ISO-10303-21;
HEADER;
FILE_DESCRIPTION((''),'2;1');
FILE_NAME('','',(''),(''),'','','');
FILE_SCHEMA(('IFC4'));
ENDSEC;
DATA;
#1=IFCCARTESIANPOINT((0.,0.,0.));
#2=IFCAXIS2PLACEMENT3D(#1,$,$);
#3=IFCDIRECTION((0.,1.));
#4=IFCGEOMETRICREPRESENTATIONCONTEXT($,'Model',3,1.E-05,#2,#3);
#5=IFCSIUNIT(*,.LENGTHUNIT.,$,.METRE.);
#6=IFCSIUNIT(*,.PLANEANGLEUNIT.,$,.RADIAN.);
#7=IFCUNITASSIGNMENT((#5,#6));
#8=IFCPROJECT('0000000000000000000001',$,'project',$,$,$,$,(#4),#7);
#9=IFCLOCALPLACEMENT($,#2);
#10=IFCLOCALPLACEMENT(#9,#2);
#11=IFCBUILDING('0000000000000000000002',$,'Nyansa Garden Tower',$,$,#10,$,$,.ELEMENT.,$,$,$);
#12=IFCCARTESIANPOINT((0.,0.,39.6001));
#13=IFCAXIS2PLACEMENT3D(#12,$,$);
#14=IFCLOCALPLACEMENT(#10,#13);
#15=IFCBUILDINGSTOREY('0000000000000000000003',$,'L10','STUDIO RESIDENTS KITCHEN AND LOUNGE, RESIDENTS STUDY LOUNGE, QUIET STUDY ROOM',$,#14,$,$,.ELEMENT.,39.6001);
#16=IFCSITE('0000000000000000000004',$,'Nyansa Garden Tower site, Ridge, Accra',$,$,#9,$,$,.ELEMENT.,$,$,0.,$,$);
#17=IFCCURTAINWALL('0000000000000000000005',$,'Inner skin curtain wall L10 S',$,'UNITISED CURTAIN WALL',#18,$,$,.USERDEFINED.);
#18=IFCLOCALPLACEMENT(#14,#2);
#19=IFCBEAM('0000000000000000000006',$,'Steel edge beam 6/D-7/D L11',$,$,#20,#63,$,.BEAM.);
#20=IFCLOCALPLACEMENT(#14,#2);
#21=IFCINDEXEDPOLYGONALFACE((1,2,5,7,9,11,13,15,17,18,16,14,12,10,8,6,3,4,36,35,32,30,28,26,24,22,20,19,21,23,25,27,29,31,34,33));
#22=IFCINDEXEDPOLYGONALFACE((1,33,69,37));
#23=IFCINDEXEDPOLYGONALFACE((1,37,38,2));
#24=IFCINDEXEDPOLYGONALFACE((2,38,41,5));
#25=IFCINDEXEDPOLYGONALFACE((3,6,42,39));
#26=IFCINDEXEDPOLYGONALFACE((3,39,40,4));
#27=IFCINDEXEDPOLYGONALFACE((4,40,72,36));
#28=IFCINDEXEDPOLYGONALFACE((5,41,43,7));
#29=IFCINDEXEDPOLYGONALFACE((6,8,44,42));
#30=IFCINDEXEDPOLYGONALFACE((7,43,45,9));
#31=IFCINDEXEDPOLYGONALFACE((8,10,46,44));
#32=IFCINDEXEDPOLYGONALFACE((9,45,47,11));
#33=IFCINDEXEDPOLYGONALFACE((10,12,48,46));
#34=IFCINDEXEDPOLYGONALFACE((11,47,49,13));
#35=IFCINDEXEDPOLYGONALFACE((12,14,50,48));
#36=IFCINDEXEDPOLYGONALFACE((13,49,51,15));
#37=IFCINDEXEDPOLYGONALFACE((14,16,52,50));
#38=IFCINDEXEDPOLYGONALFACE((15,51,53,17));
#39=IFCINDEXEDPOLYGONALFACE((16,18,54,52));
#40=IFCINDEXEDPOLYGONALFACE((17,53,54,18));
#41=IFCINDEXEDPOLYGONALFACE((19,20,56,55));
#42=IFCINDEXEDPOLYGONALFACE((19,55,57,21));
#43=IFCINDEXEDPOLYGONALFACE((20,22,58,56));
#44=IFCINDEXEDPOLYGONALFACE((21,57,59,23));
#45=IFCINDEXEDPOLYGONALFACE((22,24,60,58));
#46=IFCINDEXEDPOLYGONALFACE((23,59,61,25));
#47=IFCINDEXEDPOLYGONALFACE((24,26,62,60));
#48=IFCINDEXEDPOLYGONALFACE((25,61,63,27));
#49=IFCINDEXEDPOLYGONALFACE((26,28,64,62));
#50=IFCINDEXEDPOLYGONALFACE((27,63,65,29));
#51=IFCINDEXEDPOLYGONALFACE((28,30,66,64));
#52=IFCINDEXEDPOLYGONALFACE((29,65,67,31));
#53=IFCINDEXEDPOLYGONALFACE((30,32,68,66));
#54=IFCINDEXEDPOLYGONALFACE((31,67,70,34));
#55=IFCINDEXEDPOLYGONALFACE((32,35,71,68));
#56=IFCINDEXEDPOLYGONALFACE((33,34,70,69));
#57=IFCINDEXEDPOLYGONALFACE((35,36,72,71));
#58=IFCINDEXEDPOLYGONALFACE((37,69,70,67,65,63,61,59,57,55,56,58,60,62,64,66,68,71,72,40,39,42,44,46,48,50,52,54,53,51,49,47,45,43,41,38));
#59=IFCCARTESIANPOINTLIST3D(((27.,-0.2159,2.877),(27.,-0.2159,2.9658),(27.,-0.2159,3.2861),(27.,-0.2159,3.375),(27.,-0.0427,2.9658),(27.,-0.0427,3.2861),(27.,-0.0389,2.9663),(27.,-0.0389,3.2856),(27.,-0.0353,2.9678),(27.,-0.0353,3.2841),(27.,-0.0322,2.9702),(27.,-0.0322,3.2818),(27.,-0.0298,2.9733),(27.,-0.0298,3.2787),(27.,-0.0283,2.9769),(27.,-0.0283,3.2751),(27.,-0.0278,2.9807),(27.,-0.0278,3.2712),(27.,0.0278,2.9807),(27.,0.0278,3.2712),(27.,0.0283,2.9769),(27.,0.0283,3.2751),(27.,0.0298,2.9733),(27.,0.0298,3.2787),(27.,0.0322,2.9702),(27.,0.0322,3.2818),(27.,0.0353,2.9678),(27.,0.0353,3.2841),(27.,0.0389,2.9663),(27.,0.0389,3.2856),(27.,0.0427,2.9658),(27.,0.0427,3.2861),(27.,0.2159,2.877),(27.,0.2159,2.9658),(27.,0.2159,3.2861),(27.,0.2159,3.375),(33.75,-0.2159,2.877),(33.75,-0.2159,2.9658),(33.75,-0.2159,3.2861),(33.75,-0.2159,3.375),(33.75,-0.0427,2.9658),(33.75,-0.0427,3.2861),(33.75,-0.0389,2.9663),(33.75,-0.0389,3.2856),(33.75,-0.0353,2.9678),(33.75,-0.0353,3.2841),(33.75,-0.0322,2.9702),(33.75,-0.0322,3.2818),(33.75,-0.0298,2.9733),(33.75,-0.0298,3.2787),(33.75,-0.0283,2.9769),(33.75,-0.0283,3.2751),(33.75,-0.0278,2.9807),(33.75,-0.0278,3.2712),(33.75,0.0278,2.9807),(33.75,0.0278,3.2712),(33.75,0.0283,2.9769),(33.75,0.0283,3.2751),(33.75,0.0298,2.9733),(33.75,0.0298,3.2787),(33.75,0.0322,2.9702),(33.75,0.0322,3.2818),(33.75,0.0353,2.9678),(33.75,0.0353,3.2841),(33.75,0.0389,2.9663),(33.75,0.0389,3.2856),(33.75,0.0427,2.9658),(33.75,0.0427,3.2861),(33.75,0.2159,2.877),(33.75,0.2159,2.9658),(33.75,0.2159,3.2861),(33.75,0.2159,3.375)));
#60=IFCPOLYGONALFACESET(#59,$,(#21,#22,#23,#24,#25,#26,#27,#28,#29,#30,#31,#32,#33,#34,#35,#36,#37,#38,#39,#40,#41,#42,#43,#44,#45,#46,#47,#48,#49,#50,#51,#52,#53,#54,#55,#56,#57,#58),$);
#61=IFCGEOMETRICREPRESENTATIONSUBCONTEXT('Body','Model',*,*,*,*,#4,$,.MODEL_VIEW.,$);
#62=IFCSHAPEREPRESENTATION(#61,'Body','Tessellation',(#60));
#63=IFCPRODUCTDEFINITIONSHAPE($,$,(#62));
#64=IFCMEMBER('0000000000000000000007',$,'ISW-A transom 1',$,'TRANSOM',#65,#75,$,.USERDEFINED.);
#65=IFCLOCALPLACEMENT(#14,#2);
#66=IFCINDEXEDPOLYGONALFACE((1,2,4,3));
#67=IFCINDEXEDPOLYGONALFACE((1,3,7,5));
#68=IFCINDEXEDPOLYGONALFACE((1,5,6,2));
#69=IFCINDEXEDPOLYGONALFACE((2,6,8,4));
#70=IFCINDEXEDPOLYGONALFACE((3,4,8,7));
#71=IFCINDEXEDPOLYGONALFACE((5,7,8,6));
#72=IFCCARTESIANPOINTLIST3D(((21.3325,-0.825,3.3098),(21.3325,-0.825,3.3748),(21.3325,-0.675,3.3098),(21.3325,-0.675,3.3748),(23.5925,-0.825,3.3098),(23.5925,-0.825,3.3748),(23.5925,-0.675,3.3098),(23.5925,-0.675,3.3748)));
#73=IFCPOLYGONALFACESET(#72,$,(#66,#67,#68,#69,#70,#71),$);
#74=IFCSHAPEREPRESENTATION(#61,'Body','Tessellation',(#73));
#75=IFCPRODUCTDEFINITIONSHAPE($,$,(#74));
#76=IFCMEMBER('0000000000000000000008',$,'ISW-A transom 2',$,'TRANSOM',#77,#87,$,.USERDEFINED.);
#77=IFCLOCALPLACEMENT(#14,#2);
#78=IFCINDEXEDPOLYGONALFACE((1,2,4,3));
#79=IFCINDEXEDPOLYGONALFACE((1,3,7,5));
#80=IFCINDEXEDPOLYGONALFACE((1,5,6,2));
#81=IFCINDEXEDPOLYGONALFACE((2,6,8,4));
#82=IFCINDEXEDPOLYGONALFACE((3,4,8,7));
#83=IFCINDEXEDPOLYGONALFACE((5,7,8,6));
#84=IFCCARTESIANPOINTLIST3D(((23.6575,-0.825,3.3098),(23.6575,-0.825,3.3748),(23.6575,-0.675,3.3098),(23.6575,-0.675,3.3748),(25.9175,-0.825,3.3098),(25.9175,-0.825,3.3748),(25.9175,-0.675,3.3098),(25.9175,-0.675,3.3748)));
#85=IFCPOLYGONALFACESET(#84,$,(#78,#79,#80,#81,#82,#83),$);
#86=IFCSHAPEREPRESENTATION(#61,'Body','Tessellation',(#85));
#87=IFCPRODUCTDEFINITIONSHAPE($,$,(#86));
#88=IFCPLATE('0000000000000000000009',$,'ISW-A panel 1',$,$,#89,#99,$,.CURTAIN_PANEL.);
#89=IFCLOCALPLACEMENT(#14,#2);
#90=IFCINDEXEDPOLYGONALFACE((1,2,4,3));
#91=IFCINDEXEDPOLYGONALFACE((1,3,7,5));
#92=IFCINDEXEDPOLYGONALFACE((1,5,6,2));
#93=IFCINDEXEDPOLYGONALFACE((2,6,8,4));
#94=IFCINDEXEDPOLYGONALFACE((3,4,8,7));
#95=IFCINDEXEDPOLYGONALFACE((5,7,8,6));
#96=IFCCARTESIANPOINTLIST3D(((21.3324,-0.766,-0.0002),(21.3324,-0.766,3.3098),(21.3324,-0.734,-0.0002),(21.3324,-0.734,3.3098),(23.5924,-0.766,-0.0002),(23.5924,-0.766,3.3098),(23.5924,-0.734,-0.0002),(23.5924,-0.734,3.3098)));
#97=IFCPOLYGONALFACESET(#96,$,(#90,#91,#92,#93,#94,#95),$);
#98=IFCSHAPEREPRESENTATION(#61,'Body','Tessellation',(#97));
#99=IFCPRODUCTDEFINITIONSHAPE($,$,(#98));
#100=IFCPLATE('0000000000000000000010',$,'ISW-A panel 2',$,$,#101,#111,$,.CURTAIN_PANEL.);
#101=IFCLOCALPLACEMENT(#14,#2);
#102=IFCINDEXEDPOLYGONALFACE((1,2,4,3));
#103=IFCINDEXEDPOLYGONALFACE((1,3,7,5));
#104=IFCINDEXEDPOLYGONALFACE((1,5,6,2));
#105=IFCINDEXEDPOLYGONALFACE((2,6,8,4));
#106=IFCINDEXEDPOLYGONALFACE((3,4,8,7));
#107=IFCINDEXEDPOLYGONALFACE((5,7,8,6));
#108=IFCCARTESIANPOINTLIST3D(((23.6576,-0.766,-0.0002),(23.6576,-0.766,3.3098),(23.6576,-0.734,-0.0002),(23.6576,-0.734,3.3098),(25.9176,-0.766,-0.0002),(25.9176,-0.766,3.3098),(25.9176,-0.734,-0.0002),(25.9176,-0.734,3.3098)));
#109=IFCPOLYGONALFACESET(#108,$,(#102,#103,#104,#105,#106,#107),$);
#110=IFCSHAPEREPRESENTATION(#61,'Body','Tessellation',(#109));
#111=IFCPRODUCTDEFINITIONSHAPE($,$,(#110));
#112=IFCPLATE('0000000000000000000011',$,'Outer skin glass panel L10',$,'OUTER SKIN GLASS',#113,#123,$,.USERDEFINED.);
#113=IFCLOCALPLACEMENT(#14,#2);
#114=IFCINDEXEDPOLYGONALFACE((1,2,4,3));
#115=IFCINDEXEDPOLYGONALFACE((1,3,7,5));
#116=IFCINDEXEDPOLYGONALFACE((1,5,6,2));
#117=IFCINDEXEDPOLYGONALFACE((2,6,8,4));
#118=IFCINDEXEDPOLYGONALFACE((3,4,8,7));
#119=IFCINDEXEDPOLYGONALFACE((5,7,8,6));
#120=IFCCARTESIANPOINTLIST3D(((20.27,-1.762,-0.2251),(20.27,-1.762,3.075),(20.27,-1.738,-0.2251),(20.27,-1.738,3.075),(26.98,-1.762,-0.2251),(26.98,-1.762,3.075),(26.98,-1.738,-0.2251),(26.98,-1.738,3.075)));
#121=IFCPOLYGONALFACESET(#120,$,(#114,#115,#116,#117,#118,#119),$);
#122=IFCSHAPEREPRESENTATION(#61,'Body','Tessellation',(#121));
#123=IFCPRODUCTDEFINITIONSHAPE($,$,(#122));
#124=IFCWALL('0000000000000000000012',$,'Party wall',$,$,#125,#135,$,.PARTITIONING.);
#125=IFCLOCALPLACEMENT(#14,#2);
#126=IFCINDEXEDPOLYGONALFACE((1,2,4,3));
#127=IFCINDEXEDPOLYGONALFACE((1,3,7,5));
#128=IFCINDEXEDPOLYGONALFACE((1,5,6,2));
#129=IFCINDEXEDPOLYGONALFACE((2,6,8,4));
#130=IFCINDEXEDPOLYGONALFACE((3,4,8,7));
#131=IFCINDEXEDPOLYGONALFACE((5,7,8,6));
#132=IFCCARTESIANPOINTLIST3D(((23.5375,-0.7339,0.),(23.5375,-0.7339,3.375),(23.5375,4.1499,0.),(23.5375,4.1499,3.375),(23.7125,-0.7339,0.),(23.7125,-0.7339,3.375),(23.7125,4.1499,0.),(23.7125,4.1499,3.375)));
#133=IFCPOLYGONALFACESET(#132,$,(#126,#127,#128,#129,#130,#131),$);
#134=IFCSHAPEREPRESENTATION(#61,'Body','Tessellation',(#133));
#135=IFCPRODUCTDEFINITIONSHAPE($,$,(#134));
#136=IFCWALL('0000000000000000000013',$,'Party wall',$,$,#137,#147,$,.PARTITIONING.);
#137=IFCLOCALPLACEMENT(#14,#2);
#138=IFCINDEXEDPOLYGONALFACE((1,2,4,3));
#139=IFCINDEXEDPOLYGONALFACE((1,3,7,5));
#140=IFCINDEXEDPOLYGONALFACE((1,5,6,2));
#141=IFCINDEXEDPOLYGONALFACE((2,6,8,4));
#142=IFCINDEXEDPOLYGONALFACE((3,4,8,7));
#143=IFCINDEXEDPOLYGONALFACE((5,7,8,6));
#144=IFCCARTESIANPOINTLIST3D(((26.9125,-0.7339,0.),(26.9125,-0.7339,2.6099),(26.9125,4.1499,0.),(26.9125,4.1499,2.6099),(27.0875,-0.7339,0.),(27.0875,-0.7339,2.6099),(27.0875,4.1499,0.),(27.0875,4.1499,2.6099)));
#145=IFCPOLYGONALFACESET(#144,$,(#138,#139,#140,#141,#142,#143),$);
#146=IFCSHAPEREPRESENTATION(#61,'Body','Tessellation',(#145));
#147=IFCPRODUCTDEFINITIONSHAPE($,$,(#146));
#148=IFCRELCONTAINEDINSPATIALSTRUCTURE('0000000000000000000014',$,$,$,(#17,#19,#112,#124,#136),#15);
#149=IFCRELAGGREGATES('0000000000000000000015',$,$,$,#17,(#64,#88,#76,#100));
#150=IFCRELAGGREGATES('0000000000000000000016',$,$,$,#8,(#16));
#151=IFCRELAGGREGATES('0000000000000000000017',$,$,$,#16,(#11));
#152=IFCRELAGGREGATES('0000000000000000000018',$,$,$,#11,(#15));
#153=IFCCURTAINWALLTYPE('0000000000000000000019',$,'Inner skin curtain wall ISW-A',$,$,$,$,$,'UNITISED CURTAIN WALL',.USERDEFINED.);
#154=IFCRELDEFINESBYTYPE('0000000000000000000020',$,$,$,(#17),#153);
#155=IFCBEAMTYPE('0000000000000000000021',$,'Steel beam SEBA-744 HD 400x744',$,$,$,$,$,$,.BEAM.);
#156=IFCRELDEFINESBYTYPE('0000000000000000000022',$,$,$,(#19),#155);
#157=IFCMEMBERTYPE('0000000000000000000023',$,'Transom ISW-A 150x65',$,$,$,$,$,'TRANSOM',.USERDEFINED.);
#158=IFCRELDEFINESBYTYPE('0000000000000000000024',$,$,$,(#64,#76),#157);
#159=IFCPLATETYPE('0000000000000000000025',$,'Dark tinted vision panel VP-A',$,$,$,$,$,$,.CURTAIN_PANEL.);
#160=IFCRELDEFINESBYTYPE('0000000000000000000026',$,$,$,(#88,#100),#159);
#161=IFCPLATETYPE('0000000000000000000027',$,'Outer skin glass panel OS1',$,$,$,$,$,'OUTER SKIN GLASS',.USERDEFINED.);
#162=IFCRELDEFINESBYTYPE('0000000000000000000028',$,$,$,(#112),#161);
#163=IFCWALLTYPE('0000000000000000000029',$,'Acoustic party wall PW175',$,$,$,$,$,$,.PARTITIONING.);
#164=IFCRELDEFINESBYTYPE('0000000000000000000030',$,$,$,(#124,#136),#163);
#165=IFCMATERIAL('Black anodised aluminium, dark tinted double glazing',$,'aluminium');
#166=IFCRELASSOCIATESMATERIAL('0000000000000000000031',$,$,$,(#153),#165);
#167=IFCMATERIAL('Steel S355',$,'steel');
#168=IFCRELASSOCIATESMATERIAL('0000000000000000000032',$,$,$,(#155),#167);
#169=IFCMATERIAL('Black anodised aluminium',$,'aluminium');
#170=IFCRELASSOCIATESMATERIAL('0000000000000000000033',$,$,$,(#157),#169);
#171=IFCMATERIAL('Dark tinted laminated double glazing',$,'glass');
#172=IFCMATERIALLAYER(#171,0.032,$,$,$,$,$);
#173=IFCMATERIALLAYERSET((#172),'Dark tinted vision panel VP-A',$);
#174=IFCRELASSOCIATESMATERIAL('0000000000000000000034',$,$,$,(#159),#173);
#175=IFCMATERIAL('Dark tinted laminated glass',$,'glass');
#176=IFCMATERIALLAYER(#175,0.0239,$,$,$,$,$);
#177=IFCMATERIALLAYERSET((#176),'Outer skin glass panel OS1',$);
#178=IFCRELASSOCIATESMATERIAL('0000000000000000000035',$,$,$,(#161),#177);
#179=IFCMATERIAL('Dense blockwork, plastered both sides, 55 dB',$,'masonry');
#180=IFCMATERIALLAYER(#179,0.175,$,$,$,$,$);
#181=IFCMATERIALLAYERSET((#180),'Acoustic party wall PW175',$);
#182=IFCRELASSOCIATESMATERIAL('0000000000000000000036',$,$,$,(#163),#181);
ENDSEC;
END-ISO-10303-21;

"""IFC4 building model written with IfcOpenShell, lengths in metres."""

from ifc_helpers import new_model, si_unit, direction, frame, frame_2d, origin, origin_2d, place, context, subcontext, project, spatial, rectangle, i_section, extrude, material, layer, layer_set, material_profile, profile_set, type_object, element, aggregate, save


model = new_model("IFC4")

# Units and contexts
model_context = context("Model", 3, precision=1e-05, world=origin(), true_north=direction((0.0, 1.0)))
body_context = subcontext(model_context, "Body", "Model", "MODEL_VIEW")
ifc_project = project(units=[si_unit("LENGTHUNIT", "METRE"), si_unit("PLANEANGLEUNIT", "RADIAN")], contexts=[model_context])

# Site, building, storey
site_placement = place(None, origin())
site = spatial("IfcSite", under=ifc_project, at=site_placement, Name="Nyansa Garden Tower site, Ridge, Accra", CompositionType="ELEMENT", RefElevation=0.0)
building_placement = place(site_placement, origin())
building = spatial("IfcBuilding", under=site, at=building_placement, Name="Nyansa Garden Tower", CompositionType="ELEMENT")
storey_placement = place(building_placement, frame((0.0, 0.0, 39.6001)))
storey = spatial("IfcBuildingStorey", under=building, at=storey_placement, Name="L10", Description="STUDIO RESIDENTS KITCHEN AND LOUNGE, RESIDENTS STUDY LOUNGE, QUIET STUDY ROOM", CompositionType="ELEMENT", Elevation=39.6001)

# Curtain wall
ifc_material_1 = material(Name="Black anodised aluminium, dark tinted double glazing", Category="aluminium")
curtain_wall_type = type_object("IfcCurtainWallType", Name="Inner skin curtain wall ISW-A", ElementType="UNITISED CURTAIN WALL", PredefinedType="USERDEFINED", material=ifc_material_1)
curtain_wall_placement = place(storey_placement, origin())
curtain_wall = element("IfcCurtainWall", 1, at=curtain_wall_placement, inside=storey, type_object=curtain_wall_type, Name="Inner skin curtain wall L10 S", ObjectType="UNITISED CURTAIN WALL", PredefinedType="USERDEFINED")

# Beam
ifc_material_2 = material(Name="Steel S355", Category="steel")
ifc_material_profile_1 = material_profile(ifc_material_2, i_section(OverallWidth=0.4319, OverallDepth=0.498, WebThickness=0.0557, FlangeThickness=0.0889, FilletRadius=0.0149, at=origin_2d()), Name="HD 400x744")
ifc_profile_set_1 = profile_set([ifc_material_profile_1], Name="Steel S355")
beam_type_1 = type_object("IfcBeamType", Name="Steel beam SEBA-744 HD 400x744", PredefinedType="BEAM", material=ifc_profile_set_1)
beam_1_placement = place(storey_placement, frame((27.0, 0.0, 3.126), z_axis=(1.0, 0.0, 0.0), x_axis=(0.0, 1.0, 0.0)))
element("IfcBeam", 2, at=beam_1_placement, inside=storey, type_object=beam_type_1, Name="Steel edge beam 6/D-7/D L11", PredefinedType="BEAM", context=body_context, shape_type="SweptSolid", body=[
    extrude(i_section(OverallWidth=0.4319, OverallDepth=0.498, WebThickness=0.0557, FlangeThickness=0.0889, FilletRadius=0.0149, at=origin_2d()), origin(), (0.0, 0.0, 1.0), 6.75),
])

# Members
ifc_material_3 = material(Name="Black anodised aluminium", Category="aluminium")
ifc_material_profile_2 = material_profile(ifc_material_3, rectangle(XDim=0.1499, YDim=0.0649, at=origin_2d()), Name="Transom 150x65")
ifc_profile_set_2 = profile_set([ifc_material_profile_2], Name="Black anodised aluminium")
member_type_1 = type_object("IfcMemberType", Name="Transom ISW-A 150x65", ElementType="TRANSOM", PredefinedType="USERDEFINED", material=ifc_profile_set_2)
member_1_placement = place(storey_placement, frame((21.3325, -0.75, 3.3423), z_axis=(1.0, 0.0, 0.0), x_axis=(0.0, 1.0, 0.0)))
member_1 = element("IfcMember", 3, at=member_1_placement, type_object=member_type_1, Name="ISW-A transom 1", ObjectType="TRANSOM", PredefinedType="USERDEFINED", context=body_context, shape_type="SweptSolid", body=[
    extrude(rectangle(XDim=0.1499, YDim=0.0649, at=origin_2d()), origin(), (0.0, 0.0, 1.0), 2.26),
])
member_2_placement = place(storey_placement, frame((23.6575, -0.75, 3.3423), z_axis=(1.0, 0.0, 0.0), x_axis=(0.0, 1.0, 0.0)))
member_2 = element("IfcMember", 4, at=member_2_placement, type_object=member_type_1, Name="ISW-A transom 2", ObjectType="TRANSOM", PredefinedType="USERDEFINED", context=body_context, shape_type="SweptSolid", body=[
    extrude(rectangle(XDim=0.1499, YDim=0.0649, at=origin_2d()), origin(), (0.0, 0.0, 1.0), 2.26),
])

# Plates
ifc_material_4 = material(Name="Dark tinted laminated double glazing", Category="glass")
ifc_layer_1 = layer(ifc_material_4, 0.032)
ifc_layer_set_1 = layer_set([ifc_layer_1], Name="Dark tinted vision panel VP-A")
plate_type_1 = type_object("IfcPlateType", Name="Dark tinted vision panel VP-A", PredefinedType="CURTAIN_PANEL", material=ifc_layer_set_1)
plate_1_placement = place(storey_placement, frame((22.4624, -0.75, -0.0002), z_axis=(0.0, 0.0, 1.0), x_axis=(1.0, 0.0, 0.0)))
plate_1 = element("IfcPlate", 5, at=plate_1_placement, type_object=plate_type_1, Name="ISW-A panel 1", PredefinedType="CURTAIN_PANEL", context=body_context, shape_type="SweptSolid", body=[
    extrude(rectangle(XDim=2.26, YDim=0.032, at=origin_2d()), origin(), (0.0, 0.0, 1.0), 3.3101),
])
plate_2_placement = place(storey_placement, frame((24.7876, -0.75, -0.0002), z_axis=(0.0, 0.0, 1.0), x_axis=(1.0, 0.0, 0.0)))
plate_2 = element("IfcPlate", 6, at=plate_2_placement, type_object=plate_type_1, Name="ISW-A panel 2", PredefinedType="CURTAIN_PANEL", context=body_context, shape_type="SweptSolid", body=[
    extrude(rectangle(XDim=2.26, YDim=0.032, at=origin_2d()), origin(), (0.0, 0.0, 1.0), 3.3101),
])
aggregate(curtain_wall, [member_1, plate_1, member_2, plate_2])
ifc_material_5 = material(Name="Dark tinted laminated glass", Category="glass")
ifc_layer_2 = layer(ifc_material_5, 0.0239)
ifc_layer_set_2 = layer_set([ifc_layer_2], Name="Outer skin glass panel OS1")
plate_type_2 = type_object("IfcPlateType", Name="Outer skin glass panel OS1", ElementType="OUTER SKIN GLASS", PredefinedType="USERDEFINED", material=ifc_layer_set_2)
plate_3_placement = place(storey_placement, frame((23.625, -1.75, -0.2251), z_axis=(0.0, 0.0, 1.0), x_axis=(1.0, 0.0, 0.0)))
element("IfcPlate", 7, at=plate_3_placement, inside=storey, type_object=plate_type_2, Name="Outer skin glass panel L10", ObjectType="OUTER SKIN GLASS", PredefinedType="USERDEFINED", context=body_context, shape_type="SweptSolid", body=[
    extrude(rectangle(XDim=6.71, YDim=0.0239, at=origin_2d()), origin(), (0.0, 0.0, 1.0), 3.3),
])

# Walls
ifc_material_6 = material(Name="Dense blockwork, plastered both sides, 55 dB", Category="masonry")
ifc_layer_3 = layer(ifc_material_6, 0.175)
ifc_layer_set_3 = layer_set([ifc_layer_3], Name="Acoustic party wall PW175")
wall_type_1 = type_object("IfcWallType", Name="Acoustic party wall PW175", PredefinedType="PARTITIONING", material=ifc_layer_set_3)
wall_1_placement = place(storey_placement, frame((23.625, -0.7339, 0.0), z_axis=(0.0, 0.0, 1.0), x_axis=(0.0, 1.0, 0.0)))
element("IfcWall", 8, at=wall_1_placement, inside=storey, type_object=wall_type_1, Name="Party wall", PredefinedType="PARTITIONING", context=body_context, shape_type="SweptSolid", body=[
    extrude(rectangle(XDim=4.8838, YDim=0.175, at=frame_2d((2.4419, 0.0))), origin(), (0.0, 0.0, 1.0), 3.375),
])
wall_2_placement = place(storey_placement, frame((27.0, -0.7339, 0.0), z_axis=(0.0, 0.0, 1.0), x_axis=(0.0, 1.0, 0.0)))
element("IfcWall", 9, at=wall_2_placement, inside=storey, type_object=wall_type_1, Name="Party wall", PredefinedType="PARTITIONING", context=body_context, shape_type="SweptSolid", body=[
    extrude(rectangle(XDim=4.8838, YDim=0.175, at=frame_2d((2.4419, 0.0))), origin(), (0.0, 0.0, 1.0), 2.6099),
])

save(model, "model.ifc")
